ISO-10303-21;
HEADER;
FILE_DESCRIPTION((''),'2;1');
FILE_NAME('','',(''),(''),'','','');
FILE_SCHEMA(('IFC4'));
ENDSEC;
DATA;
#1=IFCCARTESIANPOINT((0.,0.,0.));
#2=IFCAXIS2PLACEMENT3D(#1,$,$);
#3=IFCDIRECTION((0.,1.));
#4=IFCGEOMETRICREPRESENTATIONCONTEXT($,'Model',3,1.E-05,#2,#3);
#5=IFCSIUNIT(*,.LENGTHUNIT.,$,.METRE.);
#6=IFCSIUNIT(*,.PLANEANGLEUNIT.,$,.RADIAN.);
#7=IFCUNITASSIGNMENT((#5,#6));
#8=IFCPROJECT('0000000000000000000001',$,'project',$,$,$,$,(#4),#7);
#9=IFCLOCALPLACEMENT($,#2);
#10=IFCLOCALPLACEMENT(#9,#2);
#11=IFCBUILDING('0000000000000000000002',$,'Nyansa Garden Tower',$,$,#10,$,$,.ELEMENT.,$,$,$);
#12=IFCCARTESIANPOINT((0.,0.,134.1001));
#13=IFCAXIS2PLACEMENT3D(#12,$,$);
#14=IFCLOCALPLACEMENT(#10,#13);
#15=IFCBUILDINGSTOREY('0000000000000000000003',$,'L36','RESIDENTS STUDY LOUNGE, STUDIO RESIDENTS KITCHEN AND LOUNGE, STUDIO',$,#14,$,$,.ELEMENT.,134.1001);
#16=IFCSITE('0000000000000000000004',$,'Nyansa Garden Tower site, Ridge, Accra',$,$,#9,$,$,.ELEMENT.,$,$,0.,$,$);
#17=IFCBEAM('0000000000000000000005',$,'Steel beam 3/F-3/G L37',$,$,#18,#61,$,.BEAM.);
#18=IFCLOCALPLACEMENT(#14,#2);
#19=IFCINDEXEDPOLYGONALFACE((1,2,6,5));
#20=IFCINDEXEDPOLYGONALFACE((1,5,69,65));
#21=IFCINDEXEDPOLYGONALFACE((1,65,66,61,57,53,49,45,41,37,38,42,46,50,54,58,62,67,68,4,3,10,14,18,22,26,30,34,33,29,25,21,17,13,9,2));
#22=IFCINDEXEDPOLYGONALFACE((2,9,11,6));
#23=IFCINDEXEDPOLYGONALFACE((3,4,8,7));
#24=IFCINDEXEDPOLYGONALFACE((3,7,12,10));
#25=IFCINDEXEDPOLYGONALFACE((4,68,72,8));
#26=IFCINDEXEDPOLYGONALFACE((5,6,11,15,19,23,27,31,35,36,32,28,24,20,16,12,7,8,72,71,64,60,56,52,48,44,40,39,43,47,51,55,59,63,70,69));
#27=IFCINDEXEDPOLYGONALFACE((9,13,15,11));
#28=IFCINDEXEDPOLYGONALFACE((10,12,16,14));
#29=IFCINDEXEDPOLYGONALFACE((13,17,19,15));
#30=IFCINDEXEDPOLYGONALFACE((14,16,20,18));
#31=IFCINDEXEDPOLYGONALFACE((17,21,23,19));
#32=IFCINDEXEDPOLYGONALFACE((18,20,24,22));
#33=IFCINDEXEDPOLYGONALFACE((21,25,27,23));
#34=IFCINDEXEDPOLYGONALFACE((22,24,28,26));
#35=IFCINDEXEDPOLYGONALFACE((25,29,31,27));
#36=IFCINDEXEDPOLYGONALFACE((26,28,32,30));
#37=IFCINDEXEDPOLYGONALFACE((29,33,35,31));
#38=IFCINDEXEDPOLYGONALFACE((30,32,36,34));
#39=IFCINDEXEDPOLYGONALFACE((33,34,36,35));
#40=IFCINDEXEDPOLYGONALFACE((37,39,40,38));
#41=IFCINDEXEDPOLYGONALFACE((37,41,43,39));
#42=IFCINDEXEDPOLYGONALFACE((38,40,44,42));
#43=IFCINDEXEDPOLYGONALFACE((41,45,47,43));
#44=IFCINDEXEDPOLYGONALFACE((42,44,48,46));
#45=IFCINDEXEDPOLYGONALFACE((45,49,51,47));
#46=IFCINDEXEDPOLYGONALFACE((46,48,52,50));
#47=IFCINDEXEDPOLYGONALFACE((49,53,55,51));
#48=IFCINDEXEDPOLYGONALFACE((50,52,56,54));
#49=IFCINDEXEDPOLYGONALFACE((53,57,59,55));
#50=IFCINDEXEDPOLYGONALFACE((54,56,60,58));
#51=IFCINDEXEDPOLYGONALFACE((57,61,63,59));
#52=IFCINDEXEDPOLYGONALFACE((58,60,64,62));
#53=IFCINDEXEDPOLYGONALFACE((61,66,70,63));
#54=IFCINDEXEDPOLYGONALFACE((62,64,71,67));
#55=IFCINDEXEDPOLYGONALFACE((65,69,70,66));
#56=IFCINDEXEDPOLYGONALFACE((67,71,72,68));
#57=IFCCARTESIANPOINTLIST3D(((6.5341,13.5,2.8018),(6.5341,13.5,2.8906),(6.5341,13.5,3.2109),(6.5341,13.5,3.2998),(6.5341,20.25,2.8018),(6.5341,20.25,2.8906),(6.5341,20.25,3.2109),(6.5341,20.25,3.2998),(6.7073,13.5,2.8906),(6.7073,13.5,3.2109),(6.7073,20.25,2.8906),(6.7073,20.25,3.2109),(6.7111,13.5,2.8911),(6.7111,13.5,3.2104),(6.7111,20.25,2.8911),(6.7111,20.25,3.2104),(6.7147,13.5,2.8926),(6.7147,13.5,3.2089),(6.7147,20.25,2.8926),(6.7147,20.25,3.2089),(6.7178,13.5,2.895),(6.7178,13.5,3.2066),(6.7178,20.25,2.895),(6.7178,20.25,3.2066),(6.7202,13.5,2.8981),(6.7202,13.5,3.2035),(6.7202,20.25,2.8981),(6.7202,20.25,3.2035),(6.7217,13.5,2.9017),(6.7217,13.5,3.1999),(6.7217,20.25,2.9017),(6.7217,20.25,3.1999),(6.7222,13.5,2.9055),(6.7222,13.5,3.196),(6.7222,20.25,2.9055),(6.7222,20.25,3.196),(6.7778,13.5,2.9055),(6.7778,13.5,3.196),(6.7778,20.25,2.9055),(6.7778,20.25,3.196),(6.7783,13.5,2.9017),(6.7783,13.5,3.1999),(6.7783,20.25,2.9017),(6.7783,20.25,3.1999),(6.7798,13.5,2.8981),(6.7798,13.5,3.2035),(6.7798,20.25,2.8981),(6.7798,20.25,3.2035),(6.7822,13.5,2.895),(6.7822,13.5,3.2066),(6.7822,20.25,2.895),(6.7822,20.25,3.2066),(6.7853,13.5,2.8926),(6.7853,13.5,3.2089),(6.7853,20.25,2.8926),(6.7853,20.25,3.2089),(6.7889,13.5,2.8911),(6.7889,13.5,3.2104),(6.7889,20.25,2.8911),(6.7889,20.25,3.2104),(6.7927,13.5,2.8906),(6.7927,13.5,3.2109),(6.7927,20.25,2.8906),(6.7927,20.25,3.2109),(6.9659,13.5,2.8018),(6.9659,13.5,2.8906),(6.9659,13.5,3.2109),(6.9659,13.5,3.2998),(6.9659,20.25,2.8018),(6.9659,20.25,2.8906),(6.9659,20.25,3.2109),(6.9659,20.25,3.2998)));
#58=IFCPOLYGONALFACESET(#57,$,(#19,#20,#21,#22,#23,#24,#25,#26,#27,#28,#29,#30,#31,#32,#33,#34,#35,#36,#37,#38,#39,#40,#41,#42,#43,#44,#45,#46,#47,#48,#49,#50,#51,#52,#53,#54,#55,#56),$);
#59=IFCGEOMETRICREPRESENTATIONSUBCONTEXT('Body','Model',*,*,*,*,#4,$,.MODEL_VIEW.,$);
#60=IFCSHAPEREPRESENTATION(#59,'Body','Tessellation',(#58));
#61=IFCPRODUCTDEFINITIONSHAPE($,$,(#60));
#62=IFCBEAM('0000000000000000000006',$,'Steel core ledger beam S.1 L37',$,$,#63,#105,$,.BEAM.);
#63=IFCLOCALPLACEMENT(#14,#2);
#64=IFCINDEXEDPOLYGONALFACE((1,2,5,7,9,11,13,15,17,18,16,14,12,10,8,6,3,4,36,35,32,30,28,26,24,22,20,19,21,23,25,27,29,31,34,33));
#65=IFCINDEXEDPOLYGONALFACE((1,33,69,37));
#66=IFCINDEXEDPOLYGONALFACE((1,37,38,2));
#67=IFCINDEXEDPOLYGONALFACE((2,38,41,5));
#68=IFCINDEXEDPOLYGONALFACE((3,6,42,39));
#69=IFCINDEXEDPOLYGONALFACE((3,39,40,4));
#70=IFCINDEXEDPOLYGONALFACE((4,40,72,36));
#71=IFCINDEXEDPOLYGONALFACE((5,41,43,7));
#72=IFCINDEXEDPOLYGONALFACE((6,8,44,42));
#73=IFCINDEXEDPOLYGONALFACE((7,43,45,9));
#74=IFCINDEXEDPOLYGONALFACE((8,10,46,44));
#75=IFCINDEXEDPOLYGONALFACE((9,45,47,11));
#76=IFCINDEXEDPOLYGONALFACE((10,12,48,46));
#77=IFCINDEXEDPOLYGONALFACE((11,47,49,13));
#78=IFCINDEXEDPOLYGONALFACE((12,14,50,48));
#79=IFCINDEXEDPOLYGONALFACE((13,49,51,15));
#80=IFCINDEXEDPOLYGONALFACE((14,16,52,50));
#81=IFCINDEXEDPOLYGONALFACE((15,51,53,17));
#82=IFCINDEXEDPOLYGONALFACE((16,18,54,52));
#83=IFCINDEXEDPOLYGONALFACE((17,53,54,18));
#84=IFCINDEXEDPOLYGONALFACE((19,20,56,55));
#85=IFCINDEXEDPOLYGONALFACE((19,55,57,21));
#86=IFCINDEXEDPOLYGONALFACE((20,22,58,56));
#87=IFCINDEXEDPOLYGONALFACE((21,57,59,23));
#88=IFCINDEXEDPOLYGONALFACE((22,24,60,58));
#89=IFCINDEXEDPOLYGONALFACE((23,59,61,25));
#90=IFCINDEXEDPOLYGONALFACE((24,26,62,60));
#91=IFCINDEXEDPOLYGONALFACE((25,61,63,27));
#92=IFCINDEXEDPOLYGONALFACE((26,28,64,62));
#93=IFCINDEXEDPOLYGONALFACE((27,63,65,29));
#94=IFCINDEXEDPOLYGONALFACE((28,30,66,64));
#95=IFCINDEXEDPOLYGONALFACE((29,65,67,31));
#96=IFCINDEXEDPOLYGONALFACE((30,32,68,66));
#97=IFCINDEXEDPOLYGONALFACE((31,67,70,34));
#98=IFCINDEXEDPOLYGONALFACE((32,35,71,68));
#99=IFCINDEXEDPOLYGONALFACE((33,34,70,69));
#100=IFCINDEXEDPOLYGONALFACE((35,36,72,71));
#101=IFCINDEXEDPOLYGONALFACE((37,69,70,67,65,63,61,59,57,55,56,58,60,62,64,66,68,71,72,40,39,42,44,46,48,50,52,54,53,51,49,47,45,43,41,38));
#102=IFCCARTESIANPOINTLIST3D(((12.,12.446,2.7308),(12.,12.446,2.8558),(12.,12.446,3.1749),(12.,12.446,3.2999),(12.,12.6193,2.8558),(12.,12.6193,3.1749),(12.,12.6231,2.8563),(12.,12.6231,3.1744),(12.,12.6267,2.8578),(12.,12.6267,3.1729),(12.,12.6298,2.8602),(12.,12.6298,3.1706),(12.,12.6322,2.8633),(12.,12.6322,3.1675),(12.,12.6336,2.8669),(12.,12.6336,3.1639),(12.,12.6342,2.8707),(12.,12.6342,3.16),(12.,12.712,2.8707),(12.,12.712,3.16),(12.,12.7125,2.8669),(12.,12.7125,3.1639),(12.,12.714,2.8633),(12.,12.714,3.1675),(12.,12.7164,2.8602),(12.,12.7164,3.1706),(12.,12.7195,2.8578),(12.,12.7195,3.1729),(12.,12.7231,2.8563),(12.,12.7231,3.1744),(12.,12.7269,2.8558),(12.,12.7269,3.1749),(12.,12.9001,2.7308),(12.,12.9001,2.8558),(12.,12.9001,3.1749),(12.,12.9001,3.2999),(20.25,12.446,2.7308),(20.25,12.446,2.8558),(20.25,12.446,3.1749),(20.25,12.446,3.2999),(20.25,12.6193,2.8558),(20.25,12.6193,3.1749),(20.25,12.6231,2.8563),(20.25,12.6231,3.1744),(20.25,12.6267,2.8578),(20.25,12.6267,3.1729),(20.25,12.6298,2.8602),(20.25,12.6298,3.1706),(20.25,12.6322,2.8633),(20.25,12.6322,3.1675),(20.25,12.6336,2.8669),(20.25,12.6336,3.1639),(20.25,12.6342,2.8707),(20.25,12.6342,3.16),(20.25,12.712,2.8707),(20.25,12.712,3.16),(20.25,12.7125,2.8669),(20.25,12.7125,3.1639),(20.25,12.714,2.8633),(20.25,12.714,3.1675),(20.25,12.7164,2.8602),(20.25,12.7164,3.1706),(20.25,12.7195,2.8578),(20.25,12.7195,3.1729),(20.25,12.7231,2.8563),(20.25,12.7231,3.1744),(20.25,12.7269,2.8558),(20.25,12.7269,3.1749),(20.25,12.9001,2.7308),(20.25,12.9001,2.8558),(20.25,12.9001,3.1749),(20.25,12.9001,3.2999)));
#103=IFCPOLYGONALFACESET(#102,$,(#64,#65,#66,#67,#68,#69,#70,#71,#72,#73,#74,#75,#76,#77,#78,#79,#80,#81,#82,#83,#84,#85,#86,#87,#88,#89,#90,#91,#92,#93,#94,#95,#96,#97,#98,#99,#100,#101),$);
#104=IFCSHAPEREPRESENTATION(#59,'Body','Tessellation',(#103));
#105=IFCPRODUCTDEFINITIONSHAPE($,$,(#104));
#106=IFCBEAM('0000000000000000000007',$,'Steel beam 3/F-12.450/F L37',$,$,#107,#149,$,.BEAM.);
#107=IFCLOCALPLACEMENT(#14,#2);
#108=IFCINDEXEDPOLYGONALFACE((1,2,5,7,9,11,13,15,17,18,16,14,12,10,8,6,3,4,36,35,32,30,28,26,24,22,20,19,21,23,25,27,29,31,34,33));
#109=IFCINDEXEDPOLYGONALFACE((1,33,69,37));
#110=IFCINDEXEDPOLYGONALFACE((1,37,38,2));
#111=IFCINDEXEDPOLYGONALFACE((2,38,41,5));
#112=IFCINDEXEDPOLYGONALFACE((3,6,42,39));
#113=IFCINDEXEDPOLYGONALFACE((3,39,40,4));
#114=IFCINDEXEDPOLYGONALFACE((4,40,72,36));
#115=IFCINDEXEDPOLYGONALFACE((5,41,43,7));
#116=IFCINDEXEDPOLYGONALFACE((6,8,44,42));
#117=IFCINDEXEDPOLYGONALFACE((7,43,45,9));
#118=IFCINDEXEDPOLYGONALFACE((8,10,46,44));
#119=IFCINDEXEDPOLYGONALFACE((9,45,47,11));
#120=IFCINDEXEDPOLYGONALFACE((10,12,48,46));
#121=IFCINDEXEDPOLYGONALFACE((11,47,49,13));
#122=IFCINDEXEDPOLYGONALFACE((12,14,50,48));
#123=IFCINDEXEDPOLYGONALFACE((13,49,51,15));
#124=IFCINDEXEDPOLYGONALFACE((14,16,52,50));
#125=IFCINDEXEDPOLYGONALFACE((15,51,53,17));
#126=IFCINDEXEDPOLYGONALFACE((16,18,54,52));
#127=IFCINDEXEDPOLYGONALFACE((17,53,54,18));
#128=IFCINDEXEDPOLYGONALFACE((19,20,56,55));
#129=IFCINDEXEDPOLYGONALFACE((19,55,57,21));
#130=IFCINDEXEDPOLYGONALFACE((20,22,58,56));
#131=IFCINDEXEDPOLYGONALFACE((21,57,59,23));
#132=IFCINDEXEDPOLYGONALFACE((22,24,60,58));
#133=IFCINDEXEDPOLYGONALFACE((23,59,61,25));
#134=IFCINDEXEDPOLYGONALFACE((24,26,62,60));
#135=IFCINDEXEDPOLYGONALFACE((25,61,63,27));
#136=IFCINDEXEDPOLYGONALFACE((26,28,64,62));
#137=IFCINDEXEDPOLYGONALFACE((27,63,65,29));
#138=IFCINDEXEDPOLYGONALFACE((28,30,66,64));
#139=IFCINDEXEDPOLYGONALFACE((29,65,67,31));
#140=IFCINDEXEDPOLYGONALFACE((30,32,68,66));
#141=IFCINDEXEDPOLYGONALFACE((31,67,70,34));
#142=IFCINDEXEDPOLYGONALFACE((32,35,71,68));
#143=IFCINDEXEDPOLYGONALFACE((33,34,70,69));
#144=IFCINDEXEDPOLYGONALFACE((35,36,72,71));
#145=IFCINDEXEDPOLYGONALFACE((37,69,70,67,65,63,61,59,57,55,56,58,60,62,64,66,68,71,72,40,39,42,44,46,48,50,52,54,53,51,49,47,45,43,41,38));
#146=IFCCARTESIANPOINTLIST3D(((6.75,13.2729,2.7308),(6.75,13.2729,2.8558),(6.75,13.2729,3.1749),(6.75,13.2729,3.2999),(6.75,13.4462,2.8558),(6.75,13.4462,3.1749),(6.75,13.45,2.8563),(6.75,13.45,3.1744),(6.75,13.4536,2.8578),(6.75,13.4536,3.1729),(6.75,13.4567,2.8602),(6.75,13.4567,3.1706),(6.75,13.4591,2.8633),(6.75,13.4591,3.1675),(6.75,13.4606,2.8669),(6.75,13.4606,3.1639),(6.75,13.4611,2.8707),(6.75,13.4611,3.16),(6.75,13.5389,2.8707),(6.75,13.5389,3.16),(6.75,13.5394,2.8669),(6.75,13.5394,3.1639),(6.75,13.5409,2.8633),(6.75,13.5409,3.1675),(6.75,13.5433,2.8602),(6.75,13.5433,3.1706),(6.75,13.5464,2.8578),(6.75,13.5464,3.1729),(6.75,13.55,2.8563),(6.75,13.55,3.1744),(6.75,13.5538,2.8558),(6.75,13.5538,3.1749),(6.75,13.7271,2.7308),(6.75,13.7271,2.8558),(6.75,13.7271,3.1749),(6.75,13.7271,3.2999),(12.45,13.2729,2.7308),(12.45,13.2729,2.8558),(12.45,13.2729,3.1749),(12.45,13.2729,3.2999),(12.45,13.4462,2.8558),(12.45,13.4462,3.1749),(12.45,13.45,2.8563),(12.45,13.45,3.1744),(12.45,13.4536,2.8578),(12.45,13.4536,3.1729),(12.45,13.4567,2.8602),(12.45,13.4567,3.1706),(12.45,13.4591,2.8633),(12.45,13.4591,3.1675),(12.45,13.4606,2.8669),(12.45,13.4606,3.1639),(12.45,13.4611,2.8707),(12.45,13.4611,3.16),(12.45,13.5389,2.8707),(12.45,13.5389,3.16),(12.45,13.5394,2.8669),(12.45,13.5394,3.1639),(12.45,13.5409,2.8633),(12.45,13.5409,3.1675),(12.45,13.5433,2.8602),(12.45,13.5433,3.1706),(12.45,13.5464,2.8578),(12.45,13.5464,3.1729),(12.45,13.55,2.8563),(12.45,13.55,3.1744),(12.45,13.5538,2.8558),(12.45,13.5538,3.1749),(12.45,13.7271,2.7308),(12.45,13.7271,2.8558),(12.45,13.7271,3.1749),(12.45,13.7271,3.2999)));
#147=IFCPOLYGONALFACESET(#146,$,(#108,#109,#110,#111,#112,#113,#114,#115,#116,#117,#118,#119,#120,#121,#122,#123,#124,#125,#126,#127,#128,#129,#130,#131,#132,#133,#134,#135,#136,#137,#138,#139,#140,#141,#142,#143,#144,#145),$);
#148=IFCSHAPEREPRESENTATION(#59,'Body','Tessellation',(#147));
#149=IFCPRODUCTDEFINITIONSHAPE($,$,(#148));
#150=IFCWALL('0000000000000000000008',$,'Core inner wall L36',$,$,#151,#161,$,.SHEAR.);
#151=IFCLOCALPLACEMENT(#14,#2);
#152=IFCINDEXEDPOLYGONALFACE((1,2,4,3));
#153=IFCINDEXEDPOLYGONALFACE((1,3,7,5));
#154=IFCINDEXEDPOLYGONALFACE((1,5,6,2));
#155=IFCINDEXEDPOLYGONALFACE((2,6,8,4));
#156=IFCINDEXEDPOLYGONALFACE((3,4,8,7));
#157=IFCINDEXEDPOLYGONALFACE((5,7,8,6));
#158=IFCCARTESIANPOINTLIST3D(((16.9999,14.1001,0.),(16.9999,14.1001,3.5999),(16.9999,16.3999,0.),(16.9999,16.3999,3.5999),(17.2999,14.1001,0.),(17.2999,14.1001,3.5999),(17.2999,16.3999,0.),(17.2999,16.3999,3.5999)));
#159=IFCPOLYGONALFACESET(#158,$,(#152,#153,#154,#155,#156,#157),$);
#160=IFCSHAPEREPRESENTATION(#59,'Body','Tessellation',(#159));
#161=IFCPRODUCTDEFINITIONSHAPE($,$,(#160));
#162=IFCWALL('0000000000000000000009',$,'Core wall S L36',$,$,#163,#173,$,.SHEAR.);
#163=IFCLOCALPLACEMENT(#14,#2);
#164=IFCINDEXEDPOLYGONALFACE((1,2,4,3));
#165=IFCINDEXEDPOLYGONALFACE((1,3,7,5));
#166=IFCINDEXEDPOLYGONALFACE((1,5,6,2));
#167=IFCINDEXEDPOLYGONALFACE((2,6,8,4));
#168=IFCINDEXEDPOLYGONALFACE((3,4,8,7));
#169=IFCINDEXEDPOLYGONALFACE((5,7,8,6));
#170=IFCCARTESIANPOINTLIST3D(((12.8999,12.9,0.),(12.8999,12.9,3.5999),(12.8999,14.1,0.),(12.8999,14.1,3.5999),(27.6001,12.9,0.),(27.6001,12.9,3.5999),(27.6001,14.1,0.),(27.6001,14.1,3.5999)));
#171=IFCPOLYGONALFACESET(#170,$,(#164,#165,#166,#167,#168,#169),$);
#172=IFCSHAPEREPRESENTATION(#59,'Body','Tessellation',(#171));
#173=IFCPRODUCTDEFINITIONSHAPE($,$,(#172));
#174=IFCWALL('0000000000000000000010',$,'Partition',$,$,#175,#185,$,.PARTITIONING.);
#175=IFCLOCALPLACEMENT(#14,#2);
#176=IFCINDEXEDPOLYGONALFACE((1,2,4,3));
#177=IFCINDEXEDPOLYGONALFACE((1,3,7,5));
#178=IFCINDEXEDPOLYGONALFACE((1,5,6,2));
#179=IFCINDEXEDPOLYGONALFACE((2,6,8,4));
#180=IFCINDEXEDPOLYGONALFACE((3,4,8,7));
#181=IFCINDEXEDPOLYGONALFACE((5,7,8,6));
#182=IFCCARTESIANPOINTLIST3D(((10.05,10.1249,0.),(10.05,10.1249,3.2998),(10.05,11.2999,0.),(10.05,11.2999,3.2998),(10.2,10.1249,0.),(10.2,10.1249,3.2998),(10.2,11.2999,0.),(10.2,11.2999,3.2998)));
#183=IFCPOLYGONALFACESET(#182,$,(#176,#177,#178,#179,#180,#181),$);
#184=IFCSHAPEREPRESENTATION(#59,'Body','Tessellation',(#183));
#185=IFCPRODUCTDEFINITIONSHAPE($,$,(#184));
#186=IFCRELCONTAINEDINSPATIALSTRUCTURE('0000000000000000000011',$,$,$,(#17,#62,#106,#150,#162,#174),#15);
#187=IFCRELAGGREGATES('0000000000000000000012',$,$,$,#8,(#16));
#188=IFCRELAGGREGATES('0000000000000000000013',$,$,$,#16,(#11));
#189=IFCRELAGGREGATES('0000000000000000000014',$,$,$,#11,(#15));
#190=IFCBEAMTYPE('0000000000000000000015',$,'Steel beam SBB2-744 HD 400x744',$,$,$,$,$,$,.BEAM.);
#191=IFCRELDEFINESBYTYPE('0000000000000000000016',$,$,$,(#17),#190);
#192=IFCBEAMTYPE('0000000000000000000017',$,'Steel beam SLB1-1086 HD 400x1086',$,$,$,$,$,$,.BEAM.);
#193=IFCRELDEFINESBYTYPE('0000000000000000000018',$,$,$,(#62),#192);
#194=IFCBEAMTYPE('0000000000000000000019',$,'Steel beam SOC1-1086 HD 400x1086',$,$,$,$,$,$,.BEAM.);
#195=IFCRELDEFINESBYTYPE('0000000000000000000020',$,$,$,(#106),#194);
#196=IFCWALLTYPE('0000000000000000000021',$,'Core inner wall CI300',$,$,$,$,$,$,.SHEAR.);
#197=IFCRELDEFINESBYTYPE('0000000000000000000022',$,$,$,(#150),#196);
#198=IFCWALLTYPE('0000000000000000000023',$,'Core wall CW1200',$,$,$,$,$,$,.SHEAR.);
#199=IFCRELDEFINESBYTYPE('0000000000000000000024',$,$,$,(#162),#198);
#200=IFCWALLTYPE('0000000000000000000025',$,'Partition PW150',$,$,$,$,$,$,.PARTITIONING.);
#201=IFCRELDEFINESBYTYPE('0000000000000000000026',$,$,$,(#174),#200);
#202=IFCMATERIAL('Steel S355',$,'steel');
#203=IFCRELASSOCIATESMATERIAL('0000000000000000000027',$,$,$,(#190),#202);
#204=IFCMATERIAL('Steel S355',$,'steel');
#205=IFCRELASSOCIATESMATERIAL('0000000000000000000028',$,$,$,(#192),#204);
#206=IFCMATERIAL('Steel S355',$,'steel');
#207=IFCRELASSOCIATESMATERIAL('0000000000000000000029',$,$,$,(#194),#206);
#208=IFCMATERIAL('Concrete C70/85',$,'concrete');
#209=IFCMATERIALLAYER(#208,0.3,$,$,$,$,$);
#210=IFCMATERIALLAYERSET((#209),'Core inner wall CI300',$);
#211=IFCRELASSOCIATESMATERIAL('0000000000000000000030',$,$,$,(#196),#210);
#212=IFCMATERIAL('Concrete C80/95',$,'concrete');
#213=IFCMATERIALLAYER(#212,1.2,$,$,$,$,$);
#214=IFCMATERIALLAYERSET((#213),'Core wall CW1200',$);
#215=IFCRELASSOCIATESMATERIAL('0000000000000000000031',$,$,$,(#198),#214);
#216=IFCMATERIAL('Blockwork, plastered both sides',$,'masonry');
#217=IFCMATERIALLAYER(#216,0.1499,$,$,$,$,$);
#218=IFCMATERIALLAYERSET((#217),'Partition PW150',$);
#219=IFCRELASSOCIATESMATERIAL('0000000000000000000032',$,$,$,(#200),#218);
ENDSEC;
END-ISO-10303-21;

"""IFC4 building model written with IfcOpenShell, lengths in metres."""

from ifc_helpers import new_model, si_unit, direction, frame, frame_2d, origin, origin_2d, place, context, subcontext, project, spatial, rectangle, i_section, extrude, material, layer, layer_set, material_profile, profile_set, type_object, element, save


model = new_model("IFC4")

# Units and contexts
model_context = context("Model", 3, precision=1e-05, world=origin(), true_north=direction((0.0, 1.0)))
body_context = subcontext(model_context, "Body", "Model", "MODEL_VIEW")
ifc_project = project(units=[si_unit("LENGTHUNIT", "METRE"), si_unit("PLANEANGLEUNIT", "RADIAN")], contexts=[model_context])

# Site, building, storey
site_placement = place(None, origin())
site = spatial("IfcSite", under=ifc_project, at=site_placement, Name="Nyansa Garden Tower site, Ridge, Accra", CompositionType="ELEMENT", RefElevation=0.0)
building_placement = place(site_placement, origin())
building = spatial("IfcBuilding", under=site, at=building_placement, Name="Nyansa Garden Tower", CompositionType="ELEMENT")
storey_placement = place(building_placement, frame((0.0, 0.0, 134.1001)))
storey = spatial("IfcBuildingStorey", under=building, at=storey_placement, Name="L36", Description="RESIDENTS STUDY LOUNGE, STUDIO RESIDENTS KITCHEN AND LOUNGE, STUDIO", CompositionType="ELEMENT", Elevation=134.1001)

# Beams
ifc_material_1 = material(Name="Steel S355", Category="steel")
ifc_material_profile_1 = material_profile(ifc_material_1, i_section(OverallWidth=0.4319, OverallDepth=0.498, WebThickness=0.0557, FlangeThickness=0.0889, FilletRadius=0.0149, at=origin_2d()), Name="HD 400x744")
ifc_profile_set_1 = profile_set([ifc_material_profile_1], Name="Steel S355")
beam_type_1 = type_object("IfcBeamType", Name="Steel beam SBB2-744 HD 400x744", PredefinedType="BEAM", material=ifc_profile_set_1)
beam_1_placement = place(storey_placement, frame((6.75, 13.5, 3.0508), z_axis=(0.0, 1.0, 0.0), x_axis=(-1.0, 0.0, 0.0)))
element("IfcBeam", 1, at=beam_1_placement, inside=storey, type_object=beam_type_1, Name="Steel beam 3/F-3/G L37", PredefinedType="BEAM", context=body_context, shape_type="SweptSolid", body=[
    extrude(i_section(OverallWidth=0.4319, OverallDepth=0.498, WebThickness=0.0557, FlangeThickness=0.0889, FilletRadius=0.0149, at=origin_2d()), origin(), (0.0, 0.0, 1.0), 6.75),
])
ifc_material_2 = material(Name="Steel S355", Category="steel")
ifc_material_profile_2 = material_profile(ifc_material_2, i_section(OverallWidth=0.4541, OverallDepth=0.5691, WebThickness=0.0779, FlangeThickness=0.125, FilletRadius=0.0149, at=origin_2d()), Name="HD 400x1086")
ifc_profile_set_2 = profile_set([ifc_material_profile_2], Name="Steel S355")
beam_type_2 = type_object("IfcBeamType", Name="Steel beam SLB1-1086 HD 400x1086", PredefinedType="BEAM", material=ifc_profile_set_2)
beam_2_placement = place(storey_placement, frame((12.0, 12.6731, 3.0154), z_axis=(1.0, 0.0, 0.0), x_axis=(0.0, 1.0, 0.0)))
element("IfcBeam", 2, at=beam_2_placement, inside=storey, type_object=beam_type_2, Name="Steel core ledger beam S.1 L37", PredefinedType="BEAM", context=body_context, shape_type="SweptSolid", body=[
    extrude(i_section(OverallWidth=0.4541, OverallDepth=0.5691, WebThickness=0.0779, FlangeThickness=0.125, FilletRadius=0.0149, at=origin_2d()), origin(), (0.0, 0.0, 1.0), 8.25),
])
ifc_material_3 = material(Name="Steel S355", Category="steel")
ifc_material_profile_3 = material_profile(ifc_material_3, i_section(OverallWidth=0.4541, OverallDepth=0.5691, WebThickness=0.0779, FlangeThickness=0.125, FilletRadius=0.0149, at=origin_2d()), Name="HD 400x1086")
ifc_profile_set_3 = profile_set([ifc_material_profile_3], Name="Steel S355")
beam_type_3 = type_object("IfcBeamType", Name="Steel beam SOC1-1086 HD 400x1086", PredefinedType="BEAM", material=ifc_profile_set_3)
beam_3_placement = place(storey_placement, frame((6.75, 13.5, 3.0154), z_axis=(1.0, 0.0, 0.0), x_axis=(0.0, 1.0, 0.0)))
element("IfcBeam", 3, at=beam_3_placement, inside=storey, type_object=beam_type_3, Name="Steel beam 3/F-12.450/F L37", PredefinedType="BEAM", context=body_context, shape_type="SweptSolid", body=[
    extrude(i_section(OverallWidth=0.4541, OverallDepth=0.5691, WebThickness=0.0779, FlangeThickness=0.125, FilletRadius=0.0149, at=origin_2d()), origin(), (0.0, 0.0, 1.0), 5.7),
])

# Walls
ifc_material_4 = material(Name="Concrete C70/85", Category="concrete")
ifc_layer_1 = layer(ifc_material_4, 0.3)
ifc_layer_set_1 = layer_set([ifc_layer_1], Name="Core inner wall CI300")
wall_type_1 = type_object("IfcWallType", Name="Core inner wall CI300", PredefinedType="SHEAR", material=ifc_layer_set_1)
wall_1_placement = place(storey_placement, frame((17.1499, 14.1001, 0.0), z_axis=(0.0, 0.0, 1.0), x_axis=(0.0, 1.0, 0.0)))
element("IfcWall", 4, at=wall_1_placement, inside=storey, type_object=wall_type_1, Name="Core inner wall L36", PredefinedType="SHEAR", context=body_context, shape_type="SweptSolid", body=[
    extrude(rectangle(XDim=2.2998, YDim=0.3, at=frame_2d((1.1499, 0.0))), origin(), (0.0, 0.0, 1.0), 3.5999),
])
ifc_material_5 = material(Name="Concrete C80/95", Category="concrete")
ifc_layer_2 = layer(ifc_material_5, 1.2)
ifc_layer_set_2 = layer_set([ifc_layer_2], Name="Core wall CW1200")
wall_type_2 = type_object("IfcWallType", Name="Core wall CW1200", PredefinedType="SHEAR", material=ifc_layer_set_2)
wall_2_placement = place(storey_placement, frame((12.8999, 13.5, 0.0), z_axis=(0.0, 0.0, 1.0), x_axis=(1.0, 0.0, 0.0)))
element("IfcWall", 5, at=wall_2_placement, inside=storey, type_object=wall_type_2, Name="Core wall S L36", PredefinedType="SHEAR", context=body_context, shape_type="SweptSolid", body=[
    extrude(rectangle(XDim=14.7002, YDim=1.2, at=frame_2d((7.3501, 0.0))), origin(), (0.0, 0.0, 1.0), 3.5999),
])
ifc_material_6 = material(Name="Blockwork, plastered both sides", Category="masonry")
ifc_layer_3 = layer(ifc_material_6, 0.1499)
ifc_layer_set_3 = layer_set([ifc_layer_3], Name="Partition PW150")
wall_type_3 = type_object("IfcWallType", Name="Partition PW150", PredefinedType="PARTITIONING", material=ifc_layer_set_3)
wall_3_placement = place(storey_placement, frame((10.125, 10.125, 0.0), z_axis=(0.0, 0.0, 1.0), x_axis=(0.0, 1.0, 0.0)))
element("IfcWall", 6, at=wall_3_placement, inside=storey, type_object=wall_type_3, Name="Partition", PredefinedType="PARTITIONING", context=body_context, shape_type="SweptSolid", body=[
    extrude(rectangle(XDim=1.175, YDim=0.1499, at=frame_2d((0.5874, 0.0))), origin(), (0.0, 0.0, 1.0), 3.2998),
])

save(model, "model.ifc")
